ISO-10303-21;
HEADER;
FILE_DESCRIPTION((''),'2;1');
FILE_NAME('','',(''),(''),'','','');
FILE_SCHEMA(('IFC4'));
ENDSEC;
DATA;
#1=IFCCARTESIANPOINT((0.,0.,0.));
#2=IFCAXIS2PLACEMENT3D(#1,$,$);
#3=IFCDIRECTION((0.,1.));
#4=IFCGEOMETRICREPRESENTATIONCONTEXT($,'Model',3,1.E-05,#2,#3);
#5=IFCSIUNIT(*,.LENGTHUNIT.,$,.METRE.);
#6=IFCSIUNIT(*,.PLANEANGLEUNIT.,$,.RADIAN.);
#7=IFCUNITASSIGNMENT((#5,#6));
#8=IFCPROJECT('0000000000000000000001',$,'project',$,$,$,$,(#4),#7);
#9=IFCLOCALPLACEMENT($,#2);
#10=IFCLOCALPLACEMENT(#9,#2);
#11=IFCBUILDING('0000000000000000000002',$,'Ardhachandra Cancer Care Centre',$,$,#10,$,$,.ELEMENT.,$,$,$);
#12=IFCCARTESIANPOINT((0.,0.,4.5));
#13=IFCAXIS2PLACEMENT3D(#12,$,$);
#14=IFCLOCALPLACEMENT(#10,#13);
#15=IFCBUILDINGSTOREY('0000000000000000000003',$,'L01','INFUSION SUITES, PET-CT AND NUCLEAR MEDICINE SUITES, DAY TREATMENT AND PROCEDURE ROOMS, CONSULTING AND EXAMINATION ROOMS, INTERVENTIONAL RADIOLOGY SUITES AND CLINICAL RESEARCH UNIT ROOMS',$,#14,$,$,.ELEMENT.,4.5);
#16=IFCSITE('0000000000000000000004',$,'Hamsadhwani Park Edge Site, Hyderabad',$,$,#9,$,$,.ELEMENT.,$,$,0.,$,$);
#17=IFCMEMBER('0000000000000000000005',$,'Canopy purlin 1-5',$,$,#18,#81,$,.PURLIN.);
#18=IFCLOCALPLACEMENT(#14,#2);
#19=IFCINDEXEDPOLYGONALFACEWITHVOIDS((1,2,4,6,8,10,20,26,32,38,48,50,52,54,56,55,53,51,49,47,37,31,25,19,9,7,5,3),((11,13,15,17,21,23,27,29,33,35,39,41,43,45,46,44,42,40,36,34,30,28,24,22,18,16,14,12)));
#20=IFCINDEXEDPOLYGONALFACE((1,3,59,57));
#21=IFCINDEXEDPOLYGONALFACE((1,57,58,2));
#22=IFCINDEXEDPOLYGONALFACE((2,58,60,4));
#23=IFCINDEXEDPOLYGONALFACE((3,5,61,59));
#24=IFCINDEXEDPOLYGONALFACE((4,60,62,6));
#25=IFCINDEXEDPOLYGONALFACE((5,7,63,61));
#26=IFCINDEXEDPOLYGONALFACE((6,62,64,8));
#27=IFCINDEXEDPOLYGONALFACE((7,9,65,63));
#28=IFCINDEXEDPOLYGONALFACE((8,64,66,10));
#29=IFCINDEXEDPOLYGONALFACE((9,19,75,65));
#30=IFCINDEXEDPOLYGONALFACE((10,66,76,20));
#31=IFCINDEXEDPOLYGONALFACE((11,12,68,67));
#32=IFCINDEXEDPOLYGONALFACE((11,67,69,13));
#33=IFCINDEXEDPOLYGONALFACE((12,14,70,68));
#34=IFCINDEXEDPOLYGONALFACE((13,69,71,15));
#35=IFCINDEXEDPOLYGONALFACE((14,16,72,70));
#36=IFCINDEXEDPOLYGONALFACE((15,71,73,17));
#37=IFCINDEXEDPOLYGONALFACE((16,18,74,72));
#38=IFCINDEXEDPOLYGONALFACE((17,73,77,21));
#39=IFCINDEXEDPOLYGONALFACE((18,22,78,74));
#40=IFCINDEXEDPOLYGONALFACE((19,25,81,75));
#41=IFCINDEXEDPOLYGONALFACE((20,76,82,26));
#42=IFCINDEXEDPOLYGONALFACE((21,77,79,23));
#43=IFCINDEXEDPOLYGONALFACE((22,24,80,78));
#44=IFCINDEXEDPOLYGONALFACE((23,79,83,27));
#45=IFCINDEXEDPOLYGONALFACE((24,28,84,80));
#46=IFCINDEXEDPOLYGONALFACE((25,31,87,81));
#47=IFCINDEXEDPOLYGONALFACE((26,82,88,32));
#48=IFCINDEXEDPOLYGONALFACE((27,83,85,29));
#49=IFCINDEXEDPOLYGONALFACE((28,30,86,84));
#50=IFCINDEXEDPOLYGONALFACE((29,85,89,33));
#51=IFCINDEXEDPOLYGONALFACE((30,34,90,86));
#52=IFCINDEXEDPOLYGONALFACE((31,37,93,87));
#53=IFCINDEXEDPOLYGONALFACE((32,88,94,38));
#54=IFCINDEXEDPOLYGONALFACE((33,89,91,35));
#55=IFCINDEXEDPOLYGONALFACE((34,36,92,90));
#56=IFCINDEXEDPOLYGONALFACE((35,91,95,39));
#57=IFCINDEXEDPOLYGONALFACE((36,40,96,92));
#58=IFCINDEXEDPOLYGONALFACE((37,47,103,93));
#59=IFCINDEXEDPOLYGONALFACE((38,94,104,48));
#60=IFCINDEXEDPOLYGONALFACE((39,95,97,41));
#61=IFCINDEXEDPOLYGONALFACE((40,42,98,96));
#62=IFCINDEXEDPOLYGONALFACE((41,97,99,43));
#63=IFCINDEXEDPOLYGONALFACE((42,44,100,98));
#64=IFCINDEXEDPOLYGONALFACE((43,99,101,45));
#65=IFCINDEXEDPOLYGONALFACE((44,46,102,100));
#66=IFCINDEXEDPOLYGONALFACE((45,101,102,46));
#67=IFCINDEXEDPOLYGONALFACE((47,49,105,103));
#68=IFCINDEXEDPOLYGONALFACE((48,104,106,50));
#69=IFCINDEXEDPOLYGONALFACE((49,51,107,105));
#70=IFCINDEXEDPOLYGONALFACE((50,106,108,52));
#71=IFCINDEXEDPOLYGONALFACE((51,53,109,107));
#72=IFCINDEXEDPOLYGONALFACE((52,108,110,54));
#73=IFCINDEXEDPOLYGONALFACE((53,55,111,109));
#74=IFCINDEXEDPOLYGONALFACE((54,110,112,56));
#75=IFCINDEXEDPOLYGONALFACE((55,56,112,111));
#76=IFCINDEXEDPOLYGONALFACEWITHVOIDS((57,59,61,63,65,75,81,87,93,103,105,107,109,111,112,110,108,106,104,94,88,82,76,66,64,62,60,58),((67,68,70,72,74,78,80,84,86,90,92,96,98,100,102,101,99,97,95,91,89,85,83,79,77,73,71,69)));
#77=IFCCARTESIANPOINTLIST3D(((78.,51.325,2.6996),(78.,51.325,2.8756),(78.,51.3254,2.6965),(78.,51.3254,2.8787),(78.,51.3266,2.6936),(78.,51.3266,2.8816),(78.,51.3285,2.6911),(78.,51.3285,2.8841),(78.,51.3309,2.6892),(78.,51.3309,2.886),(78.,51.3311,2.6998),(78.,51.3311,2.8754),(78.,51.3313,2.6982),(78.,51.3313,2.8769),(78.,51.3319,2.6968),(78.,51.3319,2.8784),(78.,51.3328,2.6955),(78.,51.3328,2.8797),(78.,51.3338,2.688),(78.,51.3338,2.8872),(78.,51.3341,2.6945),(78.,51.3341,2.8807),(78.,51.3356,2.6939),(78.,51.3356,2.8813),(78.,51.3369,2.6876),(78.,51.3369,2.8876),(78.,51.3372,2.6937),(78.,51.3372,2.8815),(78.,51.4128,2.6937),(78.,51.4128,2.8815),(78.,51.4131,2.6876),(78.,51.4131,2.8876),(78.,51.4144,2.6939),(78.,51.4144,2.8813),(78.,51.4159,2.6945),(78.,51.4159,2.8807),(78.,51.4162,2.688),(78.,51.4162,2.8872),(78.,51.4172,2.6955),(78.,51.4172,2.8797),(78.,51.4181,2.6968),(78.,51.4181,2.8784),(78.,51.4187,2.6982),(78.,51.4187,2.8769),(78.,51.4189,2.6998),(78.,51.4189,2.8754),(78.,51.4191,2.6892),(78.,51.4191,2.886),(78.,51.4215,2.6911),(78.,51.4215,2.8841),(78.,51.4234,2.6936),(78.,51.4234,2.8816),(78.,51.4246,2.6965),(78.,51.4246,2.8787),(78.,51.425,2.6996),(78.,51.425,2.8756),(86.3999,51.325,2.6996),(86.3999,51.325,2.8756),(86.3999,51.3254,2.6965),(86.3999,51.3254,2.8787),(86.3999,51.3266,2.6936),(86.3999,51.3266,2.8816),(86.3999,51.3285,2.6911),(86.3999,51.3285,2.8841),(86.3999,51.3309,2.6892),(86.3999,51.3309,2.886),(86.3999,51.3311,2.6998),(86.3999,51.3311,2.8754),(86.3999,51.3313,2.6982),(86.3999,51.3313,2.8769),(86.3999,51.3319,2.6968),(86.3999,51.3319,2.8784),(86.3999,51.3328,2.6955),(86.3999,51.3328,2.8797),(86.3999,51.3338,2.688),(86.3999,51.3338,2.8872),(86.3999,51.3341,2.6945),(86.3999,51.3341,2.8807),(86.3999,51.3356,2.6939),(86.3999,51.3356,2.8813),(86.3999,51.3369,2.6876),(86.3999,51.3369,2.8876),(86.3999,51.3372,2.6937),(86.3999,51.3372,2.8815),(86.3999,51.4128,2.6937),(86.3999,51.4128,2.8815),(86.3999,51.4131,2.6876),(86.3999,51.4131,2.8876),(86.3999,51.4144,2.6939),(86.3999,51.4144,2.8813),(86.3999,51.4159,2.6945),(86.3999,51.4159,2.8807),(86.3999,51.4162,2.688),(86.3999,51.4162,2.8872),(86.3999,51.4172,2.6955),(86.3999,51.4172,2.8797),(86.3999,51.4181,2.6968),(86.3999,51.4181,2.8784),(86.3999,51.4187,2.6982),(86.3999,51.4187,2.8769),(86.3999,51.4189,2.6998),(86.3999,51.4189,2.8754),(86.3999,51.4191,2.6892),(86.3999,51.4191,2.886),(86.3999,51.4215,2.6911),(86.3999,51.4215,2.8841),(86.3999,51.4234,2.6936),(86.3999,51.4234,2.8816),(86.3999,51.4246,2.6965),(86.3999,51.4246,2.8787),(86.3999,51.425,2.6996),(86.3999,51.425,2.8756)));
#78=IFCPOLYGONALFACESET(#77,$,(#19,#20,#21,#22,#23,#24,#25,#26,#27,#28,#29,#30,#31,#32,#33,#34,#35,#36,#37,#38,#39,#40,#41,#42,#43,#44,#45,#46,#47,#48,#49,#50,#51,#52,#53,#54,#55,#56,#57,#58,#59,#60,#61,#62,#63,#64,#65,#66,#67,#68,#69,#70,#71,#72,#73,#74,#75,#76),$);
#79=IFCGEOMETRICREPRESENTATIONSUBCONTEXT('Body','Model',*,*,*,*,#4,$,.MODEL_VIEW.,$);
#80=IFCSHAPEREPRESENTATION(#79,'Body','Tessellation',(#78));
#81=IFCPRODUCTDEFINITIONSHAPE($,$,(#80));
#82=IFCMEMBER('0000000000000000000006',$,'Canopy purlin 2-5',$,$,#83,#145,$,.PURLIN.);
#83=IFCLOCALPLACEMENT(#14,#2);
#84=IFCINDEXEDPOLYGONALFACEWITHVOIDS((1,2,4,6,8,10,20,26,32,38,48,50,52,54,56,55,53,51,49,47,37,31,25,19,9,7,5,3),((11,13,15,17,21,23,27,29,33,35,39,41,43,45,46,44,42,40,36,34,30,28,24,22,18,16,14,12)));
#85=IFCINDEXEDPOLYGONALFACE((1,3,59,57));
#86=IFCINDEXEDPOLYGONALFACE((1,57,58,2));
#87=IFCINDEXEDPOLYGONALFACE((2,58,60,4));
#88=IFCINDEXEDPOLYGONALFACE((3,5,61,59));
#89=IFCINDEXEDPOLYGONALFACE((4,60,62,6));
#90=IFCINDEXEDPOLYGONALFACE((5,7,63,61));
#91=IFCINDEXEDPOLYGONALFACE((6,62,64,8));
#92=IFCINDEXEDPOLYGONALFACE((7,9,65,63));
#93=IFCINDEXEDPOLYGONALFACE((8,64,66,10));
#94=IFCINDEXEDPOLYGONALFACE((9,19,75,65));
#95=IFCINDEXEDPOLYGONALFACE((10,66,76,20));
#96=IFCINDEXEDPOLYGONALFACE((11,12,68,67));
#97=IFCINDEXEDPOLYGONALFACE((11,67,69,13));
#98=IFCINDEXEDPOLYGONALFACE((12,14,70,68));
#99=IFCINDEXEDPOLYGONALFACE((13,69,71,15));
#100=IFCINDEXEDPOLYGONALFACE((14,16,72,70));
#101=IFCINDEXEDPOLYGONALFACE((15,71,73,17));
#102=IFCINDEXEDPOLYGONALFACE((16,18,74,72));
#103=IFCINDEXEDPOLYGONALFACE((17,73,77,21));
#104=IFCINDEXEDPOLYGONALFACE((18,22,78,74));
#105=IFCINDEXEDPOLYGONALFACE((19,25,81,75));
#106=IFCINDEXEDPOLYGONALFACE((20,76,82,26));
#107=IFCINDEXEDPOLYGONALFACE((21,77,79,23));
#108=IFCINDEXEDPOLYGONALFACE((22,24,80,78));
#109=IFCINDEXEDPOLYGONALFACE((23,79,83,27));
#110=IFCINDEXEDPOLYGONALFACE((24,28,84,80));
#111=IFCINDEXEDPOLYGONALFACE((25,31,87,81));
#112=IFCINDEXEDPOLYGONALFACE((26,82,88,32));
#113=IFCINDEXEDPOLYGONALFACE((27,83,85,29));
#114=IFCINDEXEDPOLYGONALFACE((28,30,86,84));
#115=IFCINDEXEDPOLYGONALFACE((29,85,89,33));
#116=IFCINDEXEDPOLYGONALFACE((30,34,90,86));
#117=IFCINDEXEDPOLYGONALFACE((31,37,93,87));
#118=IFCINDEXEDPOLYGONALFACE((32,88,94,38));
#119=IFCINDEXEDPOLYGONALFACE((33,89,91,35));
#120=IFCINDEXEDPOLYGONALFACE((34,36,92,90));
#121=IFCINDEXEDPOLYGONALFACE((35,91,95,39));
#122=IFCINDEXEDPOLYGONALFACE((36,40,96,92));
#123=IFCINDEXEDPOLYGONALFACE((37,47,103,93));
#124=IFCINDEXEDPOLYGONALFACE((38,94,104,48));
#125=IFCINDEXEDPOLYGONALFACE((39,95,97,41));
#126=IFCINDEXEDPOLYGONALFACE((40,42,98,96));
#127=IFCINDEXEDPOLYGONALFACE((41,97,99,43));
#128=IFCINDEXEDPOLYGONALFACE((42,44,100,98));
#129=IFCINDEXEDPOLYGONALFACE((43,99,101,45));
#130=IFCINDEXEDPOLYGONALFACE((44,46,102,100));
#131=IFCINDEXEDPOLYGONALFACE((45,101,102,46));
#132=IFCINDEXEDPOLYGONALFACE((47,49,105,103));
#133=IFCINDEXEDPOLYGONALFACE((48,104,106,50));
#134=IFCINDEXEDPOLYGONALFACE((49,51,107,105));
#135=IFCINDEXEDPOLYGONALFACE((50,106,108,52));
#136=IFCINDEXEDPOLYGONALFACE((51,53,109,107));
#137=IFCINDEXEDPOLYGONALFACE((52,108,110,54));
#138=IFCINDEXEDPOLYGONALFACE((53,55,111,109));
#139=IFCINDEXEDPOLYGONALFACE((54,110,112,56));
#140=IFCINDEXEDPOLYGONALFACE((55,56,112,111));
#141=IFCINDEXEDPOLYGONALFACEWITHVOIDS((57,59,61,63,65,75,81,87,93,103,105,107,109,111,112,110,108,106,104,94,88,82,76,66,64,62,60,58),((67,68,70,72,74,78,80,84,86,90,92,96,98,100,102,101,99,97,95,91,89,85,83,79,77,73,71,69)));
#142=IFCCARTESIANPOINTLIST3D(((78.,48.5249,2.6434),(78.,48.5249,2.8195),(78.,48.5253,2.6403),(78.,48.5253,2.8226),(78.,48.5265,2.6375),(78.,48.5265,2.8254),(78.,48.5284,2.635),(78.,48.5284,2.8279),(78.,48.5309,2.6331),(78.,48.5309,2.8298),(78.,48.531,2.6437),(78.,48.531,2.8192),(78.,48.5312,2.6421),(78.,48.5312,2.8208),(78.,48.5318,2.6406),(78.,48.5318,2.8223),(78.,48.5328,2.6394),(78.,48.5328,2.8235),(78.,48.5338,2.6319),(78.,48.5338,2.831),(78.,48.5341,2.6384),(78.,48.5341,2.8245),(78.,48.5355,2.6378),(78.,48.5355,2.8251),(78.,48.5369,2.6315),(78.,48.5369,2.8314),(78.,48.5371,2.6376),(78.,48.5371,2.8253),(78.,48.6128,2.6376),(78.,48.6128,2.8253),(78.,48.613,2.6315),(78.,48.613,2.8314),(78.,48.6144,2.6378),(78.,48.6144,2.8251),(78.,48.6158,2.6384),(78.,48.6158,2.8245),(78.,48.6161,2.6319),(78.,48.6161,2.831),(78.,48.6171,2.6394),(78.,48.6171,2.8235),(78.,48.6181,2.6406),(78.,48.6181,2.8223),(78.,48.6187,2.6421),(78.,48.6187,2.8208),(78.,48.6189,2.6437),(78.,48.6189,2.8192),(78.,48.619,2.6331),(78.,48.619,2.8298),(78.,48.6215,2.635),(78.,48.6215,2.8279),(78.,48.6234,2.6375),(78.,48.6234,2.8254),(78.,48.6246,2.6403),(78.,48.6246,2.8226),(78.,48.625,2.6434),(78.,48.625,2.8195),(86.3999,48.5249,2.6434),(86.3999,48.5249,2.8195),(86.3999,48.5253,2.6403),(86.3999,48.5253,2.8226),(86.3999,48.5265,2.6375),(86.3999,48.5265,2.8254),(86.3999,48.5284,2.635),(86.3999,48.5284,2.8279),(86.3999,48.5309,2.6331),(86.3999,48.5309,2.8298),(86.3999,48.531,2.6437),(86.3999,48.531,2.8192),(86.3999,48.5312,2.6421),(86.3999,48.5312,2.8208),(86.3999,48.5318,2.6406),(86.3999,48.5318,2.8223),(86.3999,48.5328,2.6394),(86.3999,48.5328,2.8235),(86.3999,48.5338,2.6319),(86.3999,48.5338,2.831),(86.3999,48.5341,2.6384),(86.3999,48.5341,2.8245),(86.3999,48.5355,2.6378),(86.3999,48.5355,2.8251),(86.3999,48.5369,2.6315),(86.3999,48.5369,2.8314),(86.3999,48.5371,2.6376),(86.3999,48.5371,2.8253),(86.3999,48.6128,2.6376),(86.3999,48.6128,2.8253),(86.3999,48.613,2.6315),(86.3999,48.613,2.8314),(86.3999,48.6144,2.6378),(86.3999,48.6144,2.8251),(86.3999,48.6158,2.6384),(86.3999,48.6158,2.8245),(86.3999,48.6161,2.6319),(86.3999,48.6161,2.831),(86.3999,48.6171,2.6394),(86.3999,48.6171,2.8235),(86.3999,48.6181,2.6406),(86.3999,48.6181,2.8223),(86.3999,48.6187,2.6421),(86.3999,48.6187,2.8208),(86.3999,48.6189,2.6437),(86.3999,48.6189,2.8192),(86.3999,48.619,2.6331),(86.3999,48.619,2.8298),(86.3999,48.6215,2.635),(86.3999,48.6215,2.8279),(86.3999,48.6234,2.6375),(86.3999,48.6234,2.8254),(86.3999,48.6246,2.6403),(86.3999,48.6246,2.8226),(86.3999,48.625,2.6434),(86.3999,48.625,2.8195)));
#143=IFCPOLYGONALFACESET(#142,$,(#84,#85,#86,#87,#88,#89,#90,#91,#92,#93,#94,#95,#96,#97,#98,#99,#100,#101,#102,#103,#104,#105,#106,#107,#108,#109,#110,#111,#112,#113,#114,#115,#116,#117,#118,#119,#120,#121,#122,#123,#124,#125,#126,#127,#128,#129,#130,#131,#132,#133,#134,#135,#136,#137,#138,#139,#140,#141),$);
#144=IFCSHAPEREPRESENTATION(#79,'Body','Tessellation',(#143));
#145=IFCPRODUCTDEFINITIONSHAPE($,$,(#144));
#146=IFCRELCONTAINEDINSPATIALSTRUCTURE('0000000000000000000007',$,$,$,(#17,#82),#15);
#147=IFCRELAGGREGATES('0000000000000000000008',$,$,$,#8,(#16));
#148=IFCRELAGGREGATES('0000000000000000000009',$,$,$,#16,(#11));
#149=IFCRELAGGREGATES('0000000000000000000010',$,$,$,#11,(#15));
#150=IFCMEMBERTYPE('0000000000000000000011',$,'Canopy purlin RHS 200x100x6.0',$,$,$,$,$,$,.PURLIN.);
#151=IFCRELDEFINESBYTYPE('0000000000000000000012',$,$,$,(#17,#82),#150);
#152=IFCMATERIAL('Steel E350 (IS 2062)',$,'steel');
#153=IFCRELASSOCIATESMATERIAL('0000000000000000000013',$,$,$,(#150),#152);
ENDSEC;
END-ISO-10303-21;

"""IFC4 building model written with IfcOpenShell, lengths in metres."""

from ifc_helpers import new_model, si_unit, direction, frame, origin, origin_2d, place, context, subcontext, project, spatial, hollow_rectangle, extrude, material, material_profile, profile_set, type_object, element, save


model = new_model("IFC4")

# Units and contexts
model_context = context("Model", 3, precision=1e-05, world=origin(), true_north=direction((0.0, 1.0)))
body_context = subcontext(model_context, "Body", "Model", "MODEL_VIEW")
ifc_project = project(units=[si_unit("LENGTHUNIT", "METRE"), si_unit("PLANEANGLEUNIT", "RADIAN")], contexts=[model_context])

# Site, building, storey
site_placement = place(None, origin())
site = spatial("IfcSite", under=ifc_project, at=site_placement, Name="Hamsadhwani Park Edge Site, Hyderabad", CompositionType="ELEMENT", RefElevation=0.0)
building_placement = place(site_placement, origin())
building = spatial("IfcBuilding", under=site, at=building_placement, Name="Ardhachandra Cancer Care Centre", CompositionType="ELEMENT")
storey_placement = place(building_placement, frame((0.0, 0.0, 4.5)))
storey = spatial("IfcBuildingStorey", under=building, at=storey_placement, Name="L01", Description="INFUSION SUITES, PET-CT AND NUCLEAR MEDICINE SUITES, DAY TREATMENT AND PROCEDURE ROOMS, CONSULTING AND EXAMINATION ROOMS, INTERVENTIONAL RADIOLOGY SUITES AND CLINICAL RESEARCH UNIT ROOMS", CompositionType="ELEMENT", Elevation=4.5)

# Members
ifc_material_1 = material(Name="Steel E350 (IS 2062)", Category="steel")
ifc_material_profile_1 = material_profile(ifc_material_1, hollow_rectangle(XDim=0.1001, YDim=0.2, WallThickness=0.0061, InnerFilletRadius=0.0061, OuterFilletRadius=0.012, at=origin_2d()), Name="RHS 200x100x6.0")
ifc_profile_set_1 = profile_set([ifc_material_profile_1], Name="Steel E350 (IS 2062)")
member_type_1 = type_object("IfcMemberType", Name="Canopy purlin RHS 200x100x6.0", PredefinedType="PURLIN", material=ifc_profile_set_1)
for number, where, z_axis, x_axis, name in (
    (1, (78.0, 51.375, 2.7876), (1.0, 0.0, 0.0), (0.0, 1.0, 0.0), "Canopy purlin 1-5"),
    (2, (78.0, 48.575, 2.7314), (1.0, 0.0, 0.0), (0.0, 1.0, 0.0), "Canopy purlin 2-5"),
):
    element("IfcMember", number, at=place(storey_placement, frame(where, z_axis=z_axis, x_axis=x_axis)), inside=storey, type_object=member_type_1, Name=name, PredefinedType="PURLIN", context=body_context, shape_type="SweptSolid", body=[
        extrude(hollow_rectangle(XDim=0.1001, YDim=0.2, WallThickness=0.0061, InnerFilletRadius=0.0061, OuterFilletRadius=0.012, at=origin_2d()), origin(), (0.0, 0.0, 1.0), 8.3999),
    ])

save(model, "model.ifc")
